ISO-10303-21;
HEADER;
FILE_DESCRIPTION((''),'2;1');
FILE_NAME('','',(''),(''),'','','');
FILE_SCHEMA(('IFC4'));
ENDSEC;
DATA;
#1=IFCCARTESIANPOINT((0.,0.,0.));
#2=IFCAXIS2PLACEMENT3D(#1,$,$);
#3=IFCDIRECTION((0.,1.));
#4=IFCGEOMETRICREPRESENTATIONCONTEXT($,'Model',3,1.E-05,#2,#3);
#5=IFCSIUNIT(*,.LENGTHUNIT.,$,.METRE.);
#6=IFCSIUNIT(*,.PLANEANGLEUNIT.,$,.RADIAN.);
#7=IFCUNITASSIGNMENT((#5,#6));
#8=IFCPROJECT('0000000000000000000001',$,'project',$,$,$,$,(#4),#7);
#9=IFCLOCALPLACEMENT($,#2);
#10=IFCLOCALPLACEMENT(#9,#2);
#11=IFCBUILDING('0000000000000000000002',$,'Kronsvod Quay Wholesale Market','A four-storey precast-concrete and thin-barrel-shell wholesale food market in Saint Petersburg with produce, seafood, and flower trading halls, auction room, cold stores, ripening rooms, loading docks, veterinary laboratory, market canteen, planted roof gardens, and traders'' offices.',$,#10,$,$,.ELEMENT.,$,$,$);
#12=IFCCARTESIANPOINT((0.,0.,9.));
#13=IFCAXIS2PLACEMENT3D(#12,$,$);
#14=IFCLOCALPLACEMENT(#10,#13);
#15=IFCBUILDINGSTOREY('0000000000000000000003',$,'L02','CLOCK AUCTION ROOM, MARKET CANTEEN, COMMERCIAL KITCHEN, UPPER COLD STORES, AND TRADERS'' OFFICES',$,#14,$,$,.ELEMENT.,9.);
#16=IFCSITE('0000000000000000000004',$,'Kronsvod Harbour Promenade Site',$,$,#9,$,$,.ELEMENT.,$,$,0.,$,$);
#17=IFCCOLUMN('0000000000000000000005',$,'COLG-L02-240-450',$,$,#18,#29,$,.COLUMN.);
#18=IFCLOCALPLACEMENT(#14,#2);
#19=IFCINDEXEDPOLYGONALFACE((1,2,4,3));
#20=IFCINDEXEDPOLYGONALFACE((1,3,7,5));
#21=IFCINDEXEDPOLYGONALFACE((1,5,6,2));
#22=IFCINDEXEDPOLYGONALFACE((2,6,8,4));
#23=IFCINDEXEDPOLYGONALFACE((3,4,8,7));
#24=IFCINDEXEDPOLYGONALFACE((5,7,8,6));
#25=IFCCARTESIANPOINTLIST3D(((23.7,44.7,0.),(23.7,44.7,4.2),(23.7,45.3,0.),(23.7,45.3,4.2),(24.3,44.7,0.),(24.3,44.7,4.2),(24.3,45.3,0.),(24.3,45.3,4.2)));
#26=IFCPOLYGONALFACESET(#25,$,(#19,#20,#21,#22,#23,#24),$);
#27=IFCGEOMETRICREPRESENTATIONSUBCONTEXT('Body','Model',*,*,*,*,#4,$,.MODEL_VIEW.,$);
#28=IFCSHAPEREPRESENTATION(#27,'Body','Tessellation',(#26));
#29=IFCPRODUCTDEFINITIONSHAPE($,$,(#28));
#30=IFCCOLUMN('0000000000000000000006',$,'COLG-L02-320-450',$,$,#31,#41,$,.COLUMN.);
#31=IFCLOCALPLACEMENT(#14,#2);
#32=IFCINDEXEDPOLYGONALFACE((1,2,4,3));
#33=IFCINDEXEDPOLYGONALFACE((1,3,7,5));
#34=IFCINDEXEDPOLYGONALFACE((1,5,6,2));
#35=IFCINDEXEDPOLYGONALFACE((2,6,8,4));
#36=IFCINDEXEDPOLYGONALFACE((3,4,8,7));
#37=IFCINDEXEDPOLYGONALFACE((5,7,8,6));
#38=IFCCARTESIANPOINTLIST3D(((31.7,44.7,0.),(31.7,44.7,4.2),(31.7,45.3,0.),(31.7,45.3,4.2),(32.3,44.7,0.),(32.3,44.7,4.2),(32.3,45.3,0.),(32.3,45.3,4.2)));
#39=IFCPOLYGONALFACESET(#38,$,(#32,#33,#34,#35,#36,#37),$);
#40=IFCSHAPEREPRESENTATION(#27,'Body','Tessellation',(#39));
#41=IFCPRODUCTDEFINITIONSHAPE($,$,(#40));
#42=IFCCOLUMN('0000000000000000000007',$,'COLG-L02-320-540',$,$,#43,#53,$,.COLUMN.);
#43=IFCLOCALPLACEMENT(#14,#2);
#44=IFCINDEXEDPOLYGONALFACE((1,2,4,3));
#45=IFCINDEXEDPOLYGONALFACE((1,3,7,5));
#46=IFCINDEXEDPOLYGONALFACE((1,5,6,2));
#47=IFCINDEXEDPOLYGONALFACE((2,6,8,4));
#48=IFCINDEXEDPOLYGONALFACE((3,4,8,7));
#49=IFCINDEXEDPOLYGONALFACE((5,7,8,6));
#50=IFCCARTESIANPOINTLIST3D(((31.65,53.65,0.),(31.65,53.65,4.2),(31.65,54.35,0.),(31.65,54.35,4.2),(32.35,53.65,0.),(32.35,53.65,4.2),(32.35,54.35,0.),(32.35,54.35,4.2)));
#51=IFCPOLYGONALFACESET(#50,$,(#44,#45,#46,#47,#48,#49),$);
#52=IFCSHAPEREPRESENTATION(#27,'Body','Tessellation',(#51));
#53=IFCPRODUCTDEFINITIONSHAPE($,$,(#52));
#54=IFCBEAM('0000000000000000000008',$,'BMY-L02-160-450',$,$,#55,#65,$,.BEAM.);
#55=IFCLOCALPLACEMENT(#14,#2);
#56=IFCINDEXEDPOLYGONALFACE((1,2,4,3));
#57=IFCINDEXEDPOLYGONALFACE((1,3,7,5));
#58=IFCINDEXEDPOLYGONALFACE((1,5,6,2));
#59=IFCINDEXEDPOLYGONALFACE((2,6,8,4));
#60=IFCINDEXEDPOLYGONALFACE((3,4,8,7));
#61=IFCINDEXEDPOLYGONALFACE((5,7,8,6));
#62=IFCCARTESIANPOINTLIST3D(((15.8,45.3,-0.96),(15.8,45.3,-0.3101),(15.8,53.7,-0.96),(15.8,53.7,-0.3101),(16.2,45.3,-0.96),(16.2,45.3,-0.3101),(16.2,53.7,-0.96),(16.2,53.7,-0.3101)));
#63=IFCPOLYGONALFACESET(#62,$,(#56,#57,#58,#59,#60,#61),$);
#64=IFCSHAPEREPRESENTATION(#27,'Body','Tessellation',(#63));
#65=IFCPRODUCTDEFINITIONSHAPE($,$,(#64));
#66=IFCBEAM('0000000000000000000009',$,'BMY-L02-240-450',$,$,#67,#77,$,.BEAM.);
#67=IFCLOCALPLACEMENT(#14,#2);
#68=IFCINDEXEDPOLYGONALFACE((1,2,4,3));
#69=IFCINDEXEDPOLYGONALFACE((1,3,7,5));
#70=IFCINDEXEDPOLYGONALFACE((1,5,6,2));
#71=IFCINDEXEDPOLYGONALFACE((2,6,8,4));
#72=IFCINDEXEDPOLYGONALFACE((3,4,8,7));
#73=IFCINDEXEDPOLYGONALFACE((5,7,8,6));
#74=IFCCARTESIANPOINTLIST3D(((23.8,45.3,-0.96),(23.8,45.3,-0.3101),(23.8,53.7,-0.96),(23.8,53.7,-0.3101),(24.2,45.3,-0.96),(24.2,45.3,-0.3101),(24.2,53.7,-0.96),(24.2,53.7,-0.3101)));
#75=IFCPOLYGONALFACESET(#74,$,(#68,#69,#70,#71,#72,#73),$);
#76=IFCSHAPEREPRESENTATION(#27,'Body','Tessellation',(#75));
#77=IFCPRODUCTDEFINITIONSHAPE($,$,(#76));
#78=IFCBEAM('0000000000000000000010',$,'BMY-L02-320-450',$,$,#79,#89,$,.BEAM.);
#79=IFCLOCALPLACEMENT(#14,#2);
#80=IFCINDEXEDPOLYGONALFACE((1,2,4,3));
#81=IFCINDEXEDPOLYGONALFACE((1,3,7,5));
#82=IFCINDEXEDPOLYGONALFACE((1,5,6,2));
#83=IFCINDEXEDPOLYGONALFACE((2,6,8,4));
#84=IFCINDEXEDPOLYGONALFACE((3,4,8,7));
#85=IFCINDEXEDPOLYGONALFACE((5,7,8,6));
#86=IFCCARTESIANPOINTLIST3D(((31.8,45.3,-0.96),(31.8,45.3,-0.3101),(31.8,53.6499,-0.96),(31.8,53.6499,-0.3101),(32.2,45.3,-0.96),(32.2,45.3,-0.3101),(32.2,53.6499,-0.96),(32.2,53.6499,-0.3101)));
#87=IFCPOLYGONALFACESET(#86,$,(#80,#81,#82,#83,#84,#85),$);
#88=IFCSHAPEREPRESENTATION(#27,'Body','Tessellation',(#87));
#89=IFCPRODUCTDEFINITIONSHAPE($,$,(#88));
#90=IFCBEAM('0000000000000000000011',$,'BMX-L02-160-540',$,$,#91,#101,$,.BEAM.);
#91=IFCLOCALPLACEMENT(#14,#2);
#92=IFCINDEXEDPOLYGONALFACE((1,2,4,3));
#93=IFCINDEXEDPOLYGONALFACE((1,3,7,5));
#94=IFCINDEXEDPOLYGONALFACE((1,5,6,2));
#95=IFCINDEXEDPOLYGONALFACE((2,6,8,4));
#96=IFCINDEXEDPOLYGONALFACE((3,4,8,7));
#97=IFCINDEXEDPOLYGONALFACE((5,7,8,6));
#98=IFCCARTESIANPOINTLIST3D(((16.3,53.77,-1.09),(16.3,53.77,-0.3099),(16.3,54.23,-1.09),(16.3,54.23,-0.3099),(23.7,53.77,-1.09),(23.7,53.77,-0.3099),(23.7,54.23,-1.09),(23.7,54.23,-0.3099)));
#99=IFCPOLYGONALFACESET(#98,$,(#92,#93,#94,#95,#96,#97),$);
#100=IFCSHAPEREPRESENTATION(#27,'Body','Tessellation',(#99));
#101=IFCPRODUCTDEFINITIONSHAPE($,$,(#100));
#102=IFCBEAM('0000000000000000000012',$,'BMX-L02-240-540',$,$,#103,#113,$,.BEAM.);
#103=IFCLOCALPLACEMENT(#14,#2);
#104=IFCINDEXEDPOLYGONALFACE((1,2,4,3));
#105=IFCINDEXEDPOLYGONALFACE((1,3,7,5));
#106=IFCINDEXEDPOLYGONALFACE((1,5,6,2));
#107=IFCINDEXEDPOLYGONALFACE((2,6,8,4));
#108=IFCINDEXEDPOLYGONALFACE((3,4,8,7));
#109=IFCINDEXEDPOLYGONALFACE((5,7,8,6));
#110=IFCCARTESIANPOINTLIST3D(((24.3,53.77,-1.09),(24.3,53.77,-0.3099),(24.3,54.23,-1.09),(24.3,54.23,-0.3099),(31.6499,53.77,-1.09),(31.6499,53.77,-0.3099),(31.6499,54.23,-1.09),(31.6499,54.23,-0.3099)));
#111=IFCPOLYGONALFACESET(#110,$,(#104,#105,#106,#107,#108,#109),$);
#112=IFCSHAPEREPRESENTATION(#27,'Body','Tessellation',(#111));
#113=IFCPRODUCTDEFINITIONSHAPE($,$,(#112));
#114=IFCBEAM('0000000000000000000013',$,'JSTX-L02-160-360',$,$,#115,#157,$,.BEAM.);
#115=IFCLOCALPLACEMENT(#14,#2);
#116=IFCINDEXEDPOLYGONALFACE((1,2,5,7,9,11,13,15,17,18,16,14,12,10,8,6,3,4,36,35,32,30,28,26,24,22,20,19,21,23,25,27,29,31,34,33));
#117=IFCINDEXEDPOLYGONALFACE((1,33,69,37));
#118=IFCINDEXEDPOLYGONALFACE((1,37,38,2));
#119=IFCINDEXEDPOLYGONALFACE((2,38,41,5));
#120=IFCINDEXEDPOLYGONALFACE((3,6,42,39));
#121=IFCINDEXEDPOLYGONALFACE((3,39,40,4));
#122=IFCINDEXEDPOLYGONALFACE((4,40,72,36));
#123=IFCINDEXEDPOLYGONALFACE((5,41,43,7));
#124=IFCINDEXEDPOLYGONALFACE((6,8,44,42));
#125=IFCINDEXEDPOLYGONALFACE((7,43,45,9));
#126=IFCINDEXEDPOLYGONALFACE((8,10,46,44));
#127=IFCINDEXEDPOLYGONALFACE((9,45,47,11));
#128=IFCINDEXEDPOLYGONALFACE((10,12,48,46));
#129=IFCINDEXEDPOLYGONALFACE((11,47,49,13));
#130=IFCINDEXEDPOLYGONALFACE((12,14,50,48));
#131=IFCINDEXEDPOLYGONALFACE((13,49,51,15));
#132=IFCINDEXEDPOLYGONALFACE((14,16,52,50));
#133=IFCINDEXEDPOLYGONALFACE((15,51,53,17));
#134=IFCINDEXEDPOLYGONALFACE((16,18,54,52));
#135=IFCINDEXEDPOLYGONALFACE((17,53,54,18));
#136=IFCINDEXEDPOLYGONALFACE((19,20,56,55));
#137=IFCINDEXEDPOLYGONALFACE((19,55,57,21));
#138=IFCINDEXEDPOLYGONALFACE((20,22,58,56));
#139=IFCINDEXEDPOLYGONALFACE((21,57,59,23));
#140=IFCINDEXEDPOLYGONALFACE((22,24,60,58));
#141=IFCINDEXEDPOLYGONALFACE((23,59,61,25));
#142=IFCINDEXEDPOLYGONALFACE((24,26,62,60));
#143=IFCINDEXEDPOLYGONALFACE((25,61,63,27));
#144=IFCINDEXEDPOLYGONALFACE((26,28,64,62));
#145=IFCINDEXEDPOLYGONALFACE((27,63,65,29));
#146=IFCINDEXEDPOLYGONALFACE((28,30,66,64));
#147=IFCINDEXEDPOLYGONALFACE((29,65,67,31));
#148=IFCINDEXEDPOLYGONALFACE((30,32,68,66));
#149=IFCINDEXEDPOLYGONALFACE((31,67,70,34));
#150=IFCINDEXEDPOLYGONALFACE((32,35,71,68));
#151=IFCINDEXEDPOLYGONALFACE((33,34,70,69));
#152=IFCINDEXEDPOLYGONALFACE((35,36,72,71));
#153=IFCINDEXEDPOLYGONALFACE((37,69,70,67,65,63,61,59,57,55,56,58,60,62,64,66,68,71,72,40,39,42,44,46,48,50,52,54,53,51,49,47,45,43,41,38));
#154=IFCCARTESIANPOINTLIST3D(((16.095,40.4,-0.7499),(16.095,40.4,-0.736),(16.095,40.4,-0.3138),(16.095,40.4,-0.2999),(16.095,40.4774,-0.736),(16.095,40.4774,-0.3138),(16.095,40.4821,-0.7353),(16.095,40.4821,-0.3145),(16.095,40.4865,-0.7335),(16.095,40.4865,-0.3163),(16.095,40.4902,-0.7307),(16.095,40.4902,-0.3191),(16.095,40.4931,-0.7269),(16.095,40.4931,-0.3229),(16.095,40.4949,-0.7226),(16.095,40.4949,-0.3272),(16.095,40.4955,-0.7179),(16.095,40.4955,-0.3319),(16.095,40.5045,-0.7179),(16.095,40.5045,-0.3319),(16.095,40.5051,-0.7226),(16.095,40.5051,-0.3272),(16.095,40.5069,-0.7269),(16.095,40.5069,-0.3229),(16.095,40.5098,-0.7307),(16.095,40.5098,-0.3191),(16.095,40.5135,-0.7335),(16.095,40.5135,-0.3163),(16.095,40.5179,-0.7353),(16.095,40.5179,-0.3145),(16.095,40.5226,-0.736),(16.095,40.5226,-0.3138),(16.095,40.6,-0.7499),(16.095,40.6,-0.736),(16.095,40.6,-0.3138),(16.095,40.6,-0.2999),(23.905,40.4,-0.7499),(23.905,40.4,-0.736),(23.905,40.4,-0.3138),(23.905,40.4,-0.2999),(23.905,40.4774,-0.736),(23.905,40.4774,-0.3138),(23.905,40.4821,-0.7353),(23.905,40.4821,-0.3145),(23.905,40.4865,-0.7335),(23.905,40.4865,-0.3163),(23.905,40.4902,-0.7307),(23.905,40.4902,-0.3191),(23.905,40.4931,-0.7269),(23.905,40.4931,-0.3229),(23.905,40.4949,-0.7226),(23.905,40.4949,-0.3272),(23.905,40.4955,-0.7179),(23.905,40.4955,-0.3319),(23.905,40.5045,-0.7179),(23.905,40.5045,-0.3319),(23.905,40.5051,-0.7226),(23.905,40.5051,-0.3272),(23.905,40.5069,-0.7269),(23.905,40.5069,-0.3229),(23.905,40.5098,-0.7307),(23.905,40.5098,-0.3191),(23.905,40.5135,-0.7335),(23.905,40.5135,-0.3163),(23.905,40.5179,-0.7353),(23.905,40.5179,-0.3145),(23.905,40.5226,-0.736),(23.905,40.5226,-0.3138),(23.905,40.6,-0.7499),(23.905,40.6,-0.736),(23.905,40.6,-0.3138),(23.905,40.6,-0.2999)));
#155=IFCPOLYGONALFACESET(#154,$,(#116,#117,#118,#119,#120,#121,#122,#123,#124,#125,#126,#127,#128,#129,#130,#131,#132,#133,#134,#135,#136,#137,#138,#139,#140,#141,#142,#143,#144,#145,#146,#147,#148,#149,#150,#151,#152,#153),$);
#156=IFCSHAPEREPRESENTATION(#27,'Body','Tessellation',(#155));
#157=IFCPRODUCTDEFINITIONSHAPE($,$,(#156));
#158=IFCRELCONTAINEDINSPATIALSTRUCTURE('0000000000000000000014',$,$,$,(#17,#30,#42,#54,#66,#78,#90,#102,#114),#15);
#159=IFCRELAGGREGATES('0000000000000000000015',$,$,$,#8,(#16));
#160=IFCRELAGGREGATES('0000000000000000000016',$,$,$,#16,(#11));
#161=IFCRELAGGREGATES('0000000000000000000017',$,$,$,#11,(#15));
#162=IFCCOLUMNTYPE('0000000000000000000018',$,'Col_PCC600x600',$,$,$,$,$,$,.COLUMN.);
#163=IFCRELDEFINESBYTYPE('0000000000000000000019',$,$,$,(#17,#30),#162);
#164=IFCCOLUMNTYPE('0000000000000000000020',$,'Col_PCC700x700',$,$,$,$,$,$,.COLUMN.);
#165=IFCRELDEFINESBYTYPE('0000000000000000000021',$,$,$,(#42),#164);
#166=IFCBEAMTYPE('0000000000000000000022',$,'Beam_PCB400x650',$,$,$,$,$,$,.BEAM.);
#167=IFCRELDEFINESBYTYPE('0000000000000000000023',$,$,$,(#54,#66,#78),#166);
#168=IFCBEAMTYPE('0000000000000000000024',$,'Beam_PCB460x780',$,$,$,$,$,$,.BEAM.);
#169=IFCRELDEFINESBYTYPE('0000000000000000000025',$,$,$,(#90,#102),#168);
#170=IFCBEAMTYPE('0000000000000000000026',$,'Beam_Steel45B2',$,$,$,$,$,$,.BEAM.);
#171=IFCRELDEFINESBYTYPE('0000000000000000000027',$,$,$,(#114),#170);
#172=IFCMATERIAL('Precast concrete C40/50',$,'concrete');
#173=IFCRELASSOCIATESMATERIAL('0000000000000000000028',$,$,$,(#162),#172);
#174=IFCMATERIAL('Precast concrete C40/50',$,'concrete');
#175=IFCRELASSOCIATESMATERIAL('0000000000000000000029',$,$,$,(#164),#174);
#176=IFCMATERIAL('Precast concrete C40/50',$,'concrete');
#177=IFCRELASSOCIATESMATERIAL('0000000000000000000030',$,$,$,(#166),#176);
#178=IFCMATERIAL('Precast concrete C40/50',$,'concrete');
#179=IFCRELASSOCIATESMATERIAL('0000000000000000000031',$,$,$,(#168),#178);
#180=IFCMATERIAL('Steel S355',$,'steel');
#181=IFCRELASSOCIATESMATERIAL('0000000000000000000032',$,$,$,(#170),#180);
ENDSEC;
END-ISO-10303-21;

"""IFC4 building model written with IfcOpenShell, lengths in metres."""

from ifc_helpers import new_model, si_unit, direction, frame, origin, origin_2d, place, context, subcontext, project, spatial, rectangle, i_section, extrude, material, material_profile, profile_set, type_object, element, save


model = new_model("IFC4")

# Units and contexts
model_context = context("Model", 3, precision=1e-05, world=origin(), true_north=direction((0.0, 1.0)))
body_context = subcontext(model_context, "Body", "Model", "MODEL_VIEW")
ifc_project = project(units=[si_unit("LENGTHUNIT", "METRE"), si_unit("PLANEANGLEUNIT", "RADIAN")], contexts=[model_context])

# Site, building, storey
site_placement = place(None, origin())
site = spatial("IfcSite", under=ifc_project, at=site_placement, Name="Kronsvod Harbour Promenade Site", CompositionType="ELEMENT", RefElevation=0.0)
building_placement = place(site_placement, origin())
building = spatial("IfcBuilding", under=site, at=building_placement, Name="Kronsvod Quay Wholesale Market", Description="A four-storey precast-concrete and thin-barrel-shell wholesale food market in Saint Petersburg with produce, seafood, and flower trading halls, auction room, cold stores, ripening rooms, loading docks, veterinary laboratory, market canteen, planted roof gardens, and traders' offices.", CompositionType="ELEMENT")
storey_placement = place(building_placement, frame((0.0, 0.0, 9.0)))
storey = spatial("IfcBuildingStorey", under=building, at=storey_placement, Name="L02", Description="CLOCK AUCTION ROOM, MARKET CANTEEN, COMMERCIAL KITCHEN, UPPER COLD STORES, AND TRADERS' OFFICES", CompositionType="ELEMENT", Elevation=9.0)

# Columns
ifc_material_1 = material(Name="Precast concrete C40/50", Category="concrete")
ifc_material_profile_1 = material_profile(ifc_material_1, rectangle(XDim=0.6001, YDim=0.6001, at=origin_2d()), Name="PCC600x600")
ifc_profile_set_1 = profile_set([ifc_material_profile_1], Name="Precast concrete C40/50")
column_type_1 = type_object("IfcColumnType", Name="Col_PCC600x600", PredefinedType="COLUMN", material=ifc_profile_set_1)
for number, where, z_axis, x_axis, name in (
    (1, (24.0, 45.0, 0.0), (0.0, 0.0, 1.0), (1.0, 0.0, 0.0), "COLG-L02-240-450"),
    (2, (32.0, 45.0, 0.0), (0.0, 0.0, 1.0), (1.0, 0.0, 0.0), "COLG-L02-320-450"),
):
    element("IfcColumn", number, at=place(storey_placement, frame(where, z_axis=z_axis, x_axis=x_axis)), inside=storey, type_object=column_type_1, Name=name, PredefinedType="COLUMN", context=body_context, shape_type="SweptSolid", body=[
        extrude(rectangle(XDim=0.6001, YDim=0.6001, at=origin_2d()), origin(), (0.0, 0.0, 1.0), 4.2),
    ])
ifc_material_2 = material(Name="Precast concrete C40/50", Category="concrete")
ifc_material_profile_2 = material_profile(ifc_material_2, rectangle(XDim=0.7, YDim=0.7, at=origin_2d()), Name="PCC700x700")
ifc_profile_set_2 = profile_set([ifc_material_profile_2], Name="Precast concrete C40/50")
column_type_2 = type_object("IfcColumnType", Name="Col_PCC700x700", PredefinedType="COLUMN", material=ifc_profile_set_2)
column_placement = place(storey_placement, frame((32.0, 54.0, 0.0), z_axis=(0.0, 0.0, 1.0), x_axis=(1.0, 0.0, 0.0)))
element("IfcColumn", 3, at=column_placement, inside=storey, type_object=column_type_2, Name="COLG-L02-320-540", PredefinedType="COLUMN", context=body_context, shape_type="SweptSolid", body=[
    extrude(rectangle(XDim=0.7, YDim=0.7, at=origin_2d()), origin(), (0.0, 0.0, 1.0), 4.2),
])

# Beams
ifc_material_3 = material(Name="Precast concrete C40/50", Category="concrete")
ifc_material_profile_3 = material_profile(ifc_material_3, rectangle(XDim=0.3999, YDim=0.6499, at=origin_2d()), Name="PCB400x650")
ifc_profile_set_3 = profile_set([ifc_material_profile_3], Name="Precast concrete C40/50")
beam_type_1 = type_object("IfcBeamType", Name="Beam_PCB400x650", PredefinedType="BEAM", material=ifc_profile_set_3)
for number, where, z_axis, x_axis, name in (
    (4, (16.0, 45.3, -0.635), (0.0, 1.0, 0.0), (-1.0, 0.0, 0.0), "BMY-L02-160-450"),
    (5, (24.0, 45.3, -0.635), (0.0, 1.0, 0.0), (-1.0, 0.0, 0.0), "BMY-L02-240-450"),
):
    element("IfcBeam", number, at=place(storey_placement, frame(where, z_axis=z_axis, x_axis=x_axis)), inside=storey, type_object=beam_type_1, Name=name, PredefinedType="BEAM", context=body_context, shape_type="SweptSolid", body=[
        extrude(rectangle(XDim=0.3999, YDim=0.6499, at=origin_2d()), origin(), (0.0, 0.0, 1.0), 8.3999),
    ])
beam_1_placement = place(storey_placement, frame((32.0, 45.3, -0.635), z_axis=(0.0, 1.0, 0.0), x_axis=(-1.0, 0.0, 0.0)))
element("IfcBeam", 6, at=beam_1_placement, inside=storey, type_object=beam_type_1, Name="BMY-L02-320-450", PredefinedType="BEAM", context=body_context, shape_type="SweptSolid", body=[
    extrude(rectangle(XDim=0.3999, YDim=0.6499, at=origin_2d()), origin(), (0.0, 0.0, 1.0), 8.3499),
])
ifc_material_4 = material(Name="Precast concrete C40/50", Category="concrete")
ifc_material_profile_4 = material_profile(ifc_material_4, rectangle(XDim=0.46, YDim=0.78, at=origin_2d()), Name="PB-03")
ifc_profile_set_4 = profile_set([ifc_material_profile_4], Name="Precast concrete C40/50")
beam_type_2 = type_object("IfcBeamType", Name="Beam_PCB460x780", PredefinedType="BEAM", material=ifc_profile_set_4)
beam_2_placement = place(storey_placement, frame((16.3, 54.0, -0.7), z_axis=(1.0, 0.0, 0.0), x_axis=(0.0, 1.0, 0.0)))
element("IfcBeam", 7, at=beam_2_placement, inside=storey, type_object=beam_type_2, Name="BMX-L02-160-540", PredefinedType="BEAM", context=body_context, shape_type="SweptSolid", body=[
    extrude(rectangle(XDim=0.46, YDim=0.78, at=origin_2d()), origin(), (0.0, 0.0, 1.0), 7.3999),
])
beam_3_placement = place(storey_placement, frame((24.3, 54.0, -0.7), z_axis=(1.0, 0.0, 0.0), x_axis=(0.0, 1.0, 0.0)))
element("IfcBeam", 8, at=beam_3_placement, inside=storey, type_object=beam_type_2, Name="BMX-L02-240-540", PredefinedType="BEAM", context=body_context, shape_type="SweptSolid", body=[
    extrude(rectangle(XDim=0.46, YDim=0.78, at=origin_2d()), origin(), (0.0, 0.0, 1.0), 7.3499),
])
ifc_material_5 = material(Name="Steel S355", Category="steel")
ifc_material_profile_5 = material_profile(ifc_material_5, i_section(OverallWidth=0.2, OverallDepth=0.45, WebThickness=0.009, FlangeThickness=0.0139, FilletRadius=0.0181, at=origin_2d()), Name="45B2")
ifc_profile_set_5 = profile_set([ifc_material_profile_5], Name="Steel S355")
beam_type_3 = type_object("IfcBeamType", Name="Beam_Steel45B2", PredefinedType="BEAM", material=ifc_profile_set_5)
for number, where, z_axis, x_axis, name in (
    (9, (16.095, 40.5, -0.5249), (1.0, 0.0, 0.0), (0.0, 1.0, 0.0), "JSTX-L02-160-360"),
):
    element("IfcBeam", number, at=place(storey_placement, frame(where, z_axis=z_axis, x_axis=x_axis)), inside=storey, type_object=beam_type_3, Name=name, PredefinedType="BEAM", context=body_context, shape_type="SweptSolid", body=[
        extrude(i_section(OverallWidth=0.2, OverallDepth=0.45, WebThickness=0.009, FlangeThickness=0.0139, FilletRadius=0.0181, at=origin_2d()), origin(), (0.0, 0.0, 1.0), 7.8101),
    ])

save(model, "model.ifc")
